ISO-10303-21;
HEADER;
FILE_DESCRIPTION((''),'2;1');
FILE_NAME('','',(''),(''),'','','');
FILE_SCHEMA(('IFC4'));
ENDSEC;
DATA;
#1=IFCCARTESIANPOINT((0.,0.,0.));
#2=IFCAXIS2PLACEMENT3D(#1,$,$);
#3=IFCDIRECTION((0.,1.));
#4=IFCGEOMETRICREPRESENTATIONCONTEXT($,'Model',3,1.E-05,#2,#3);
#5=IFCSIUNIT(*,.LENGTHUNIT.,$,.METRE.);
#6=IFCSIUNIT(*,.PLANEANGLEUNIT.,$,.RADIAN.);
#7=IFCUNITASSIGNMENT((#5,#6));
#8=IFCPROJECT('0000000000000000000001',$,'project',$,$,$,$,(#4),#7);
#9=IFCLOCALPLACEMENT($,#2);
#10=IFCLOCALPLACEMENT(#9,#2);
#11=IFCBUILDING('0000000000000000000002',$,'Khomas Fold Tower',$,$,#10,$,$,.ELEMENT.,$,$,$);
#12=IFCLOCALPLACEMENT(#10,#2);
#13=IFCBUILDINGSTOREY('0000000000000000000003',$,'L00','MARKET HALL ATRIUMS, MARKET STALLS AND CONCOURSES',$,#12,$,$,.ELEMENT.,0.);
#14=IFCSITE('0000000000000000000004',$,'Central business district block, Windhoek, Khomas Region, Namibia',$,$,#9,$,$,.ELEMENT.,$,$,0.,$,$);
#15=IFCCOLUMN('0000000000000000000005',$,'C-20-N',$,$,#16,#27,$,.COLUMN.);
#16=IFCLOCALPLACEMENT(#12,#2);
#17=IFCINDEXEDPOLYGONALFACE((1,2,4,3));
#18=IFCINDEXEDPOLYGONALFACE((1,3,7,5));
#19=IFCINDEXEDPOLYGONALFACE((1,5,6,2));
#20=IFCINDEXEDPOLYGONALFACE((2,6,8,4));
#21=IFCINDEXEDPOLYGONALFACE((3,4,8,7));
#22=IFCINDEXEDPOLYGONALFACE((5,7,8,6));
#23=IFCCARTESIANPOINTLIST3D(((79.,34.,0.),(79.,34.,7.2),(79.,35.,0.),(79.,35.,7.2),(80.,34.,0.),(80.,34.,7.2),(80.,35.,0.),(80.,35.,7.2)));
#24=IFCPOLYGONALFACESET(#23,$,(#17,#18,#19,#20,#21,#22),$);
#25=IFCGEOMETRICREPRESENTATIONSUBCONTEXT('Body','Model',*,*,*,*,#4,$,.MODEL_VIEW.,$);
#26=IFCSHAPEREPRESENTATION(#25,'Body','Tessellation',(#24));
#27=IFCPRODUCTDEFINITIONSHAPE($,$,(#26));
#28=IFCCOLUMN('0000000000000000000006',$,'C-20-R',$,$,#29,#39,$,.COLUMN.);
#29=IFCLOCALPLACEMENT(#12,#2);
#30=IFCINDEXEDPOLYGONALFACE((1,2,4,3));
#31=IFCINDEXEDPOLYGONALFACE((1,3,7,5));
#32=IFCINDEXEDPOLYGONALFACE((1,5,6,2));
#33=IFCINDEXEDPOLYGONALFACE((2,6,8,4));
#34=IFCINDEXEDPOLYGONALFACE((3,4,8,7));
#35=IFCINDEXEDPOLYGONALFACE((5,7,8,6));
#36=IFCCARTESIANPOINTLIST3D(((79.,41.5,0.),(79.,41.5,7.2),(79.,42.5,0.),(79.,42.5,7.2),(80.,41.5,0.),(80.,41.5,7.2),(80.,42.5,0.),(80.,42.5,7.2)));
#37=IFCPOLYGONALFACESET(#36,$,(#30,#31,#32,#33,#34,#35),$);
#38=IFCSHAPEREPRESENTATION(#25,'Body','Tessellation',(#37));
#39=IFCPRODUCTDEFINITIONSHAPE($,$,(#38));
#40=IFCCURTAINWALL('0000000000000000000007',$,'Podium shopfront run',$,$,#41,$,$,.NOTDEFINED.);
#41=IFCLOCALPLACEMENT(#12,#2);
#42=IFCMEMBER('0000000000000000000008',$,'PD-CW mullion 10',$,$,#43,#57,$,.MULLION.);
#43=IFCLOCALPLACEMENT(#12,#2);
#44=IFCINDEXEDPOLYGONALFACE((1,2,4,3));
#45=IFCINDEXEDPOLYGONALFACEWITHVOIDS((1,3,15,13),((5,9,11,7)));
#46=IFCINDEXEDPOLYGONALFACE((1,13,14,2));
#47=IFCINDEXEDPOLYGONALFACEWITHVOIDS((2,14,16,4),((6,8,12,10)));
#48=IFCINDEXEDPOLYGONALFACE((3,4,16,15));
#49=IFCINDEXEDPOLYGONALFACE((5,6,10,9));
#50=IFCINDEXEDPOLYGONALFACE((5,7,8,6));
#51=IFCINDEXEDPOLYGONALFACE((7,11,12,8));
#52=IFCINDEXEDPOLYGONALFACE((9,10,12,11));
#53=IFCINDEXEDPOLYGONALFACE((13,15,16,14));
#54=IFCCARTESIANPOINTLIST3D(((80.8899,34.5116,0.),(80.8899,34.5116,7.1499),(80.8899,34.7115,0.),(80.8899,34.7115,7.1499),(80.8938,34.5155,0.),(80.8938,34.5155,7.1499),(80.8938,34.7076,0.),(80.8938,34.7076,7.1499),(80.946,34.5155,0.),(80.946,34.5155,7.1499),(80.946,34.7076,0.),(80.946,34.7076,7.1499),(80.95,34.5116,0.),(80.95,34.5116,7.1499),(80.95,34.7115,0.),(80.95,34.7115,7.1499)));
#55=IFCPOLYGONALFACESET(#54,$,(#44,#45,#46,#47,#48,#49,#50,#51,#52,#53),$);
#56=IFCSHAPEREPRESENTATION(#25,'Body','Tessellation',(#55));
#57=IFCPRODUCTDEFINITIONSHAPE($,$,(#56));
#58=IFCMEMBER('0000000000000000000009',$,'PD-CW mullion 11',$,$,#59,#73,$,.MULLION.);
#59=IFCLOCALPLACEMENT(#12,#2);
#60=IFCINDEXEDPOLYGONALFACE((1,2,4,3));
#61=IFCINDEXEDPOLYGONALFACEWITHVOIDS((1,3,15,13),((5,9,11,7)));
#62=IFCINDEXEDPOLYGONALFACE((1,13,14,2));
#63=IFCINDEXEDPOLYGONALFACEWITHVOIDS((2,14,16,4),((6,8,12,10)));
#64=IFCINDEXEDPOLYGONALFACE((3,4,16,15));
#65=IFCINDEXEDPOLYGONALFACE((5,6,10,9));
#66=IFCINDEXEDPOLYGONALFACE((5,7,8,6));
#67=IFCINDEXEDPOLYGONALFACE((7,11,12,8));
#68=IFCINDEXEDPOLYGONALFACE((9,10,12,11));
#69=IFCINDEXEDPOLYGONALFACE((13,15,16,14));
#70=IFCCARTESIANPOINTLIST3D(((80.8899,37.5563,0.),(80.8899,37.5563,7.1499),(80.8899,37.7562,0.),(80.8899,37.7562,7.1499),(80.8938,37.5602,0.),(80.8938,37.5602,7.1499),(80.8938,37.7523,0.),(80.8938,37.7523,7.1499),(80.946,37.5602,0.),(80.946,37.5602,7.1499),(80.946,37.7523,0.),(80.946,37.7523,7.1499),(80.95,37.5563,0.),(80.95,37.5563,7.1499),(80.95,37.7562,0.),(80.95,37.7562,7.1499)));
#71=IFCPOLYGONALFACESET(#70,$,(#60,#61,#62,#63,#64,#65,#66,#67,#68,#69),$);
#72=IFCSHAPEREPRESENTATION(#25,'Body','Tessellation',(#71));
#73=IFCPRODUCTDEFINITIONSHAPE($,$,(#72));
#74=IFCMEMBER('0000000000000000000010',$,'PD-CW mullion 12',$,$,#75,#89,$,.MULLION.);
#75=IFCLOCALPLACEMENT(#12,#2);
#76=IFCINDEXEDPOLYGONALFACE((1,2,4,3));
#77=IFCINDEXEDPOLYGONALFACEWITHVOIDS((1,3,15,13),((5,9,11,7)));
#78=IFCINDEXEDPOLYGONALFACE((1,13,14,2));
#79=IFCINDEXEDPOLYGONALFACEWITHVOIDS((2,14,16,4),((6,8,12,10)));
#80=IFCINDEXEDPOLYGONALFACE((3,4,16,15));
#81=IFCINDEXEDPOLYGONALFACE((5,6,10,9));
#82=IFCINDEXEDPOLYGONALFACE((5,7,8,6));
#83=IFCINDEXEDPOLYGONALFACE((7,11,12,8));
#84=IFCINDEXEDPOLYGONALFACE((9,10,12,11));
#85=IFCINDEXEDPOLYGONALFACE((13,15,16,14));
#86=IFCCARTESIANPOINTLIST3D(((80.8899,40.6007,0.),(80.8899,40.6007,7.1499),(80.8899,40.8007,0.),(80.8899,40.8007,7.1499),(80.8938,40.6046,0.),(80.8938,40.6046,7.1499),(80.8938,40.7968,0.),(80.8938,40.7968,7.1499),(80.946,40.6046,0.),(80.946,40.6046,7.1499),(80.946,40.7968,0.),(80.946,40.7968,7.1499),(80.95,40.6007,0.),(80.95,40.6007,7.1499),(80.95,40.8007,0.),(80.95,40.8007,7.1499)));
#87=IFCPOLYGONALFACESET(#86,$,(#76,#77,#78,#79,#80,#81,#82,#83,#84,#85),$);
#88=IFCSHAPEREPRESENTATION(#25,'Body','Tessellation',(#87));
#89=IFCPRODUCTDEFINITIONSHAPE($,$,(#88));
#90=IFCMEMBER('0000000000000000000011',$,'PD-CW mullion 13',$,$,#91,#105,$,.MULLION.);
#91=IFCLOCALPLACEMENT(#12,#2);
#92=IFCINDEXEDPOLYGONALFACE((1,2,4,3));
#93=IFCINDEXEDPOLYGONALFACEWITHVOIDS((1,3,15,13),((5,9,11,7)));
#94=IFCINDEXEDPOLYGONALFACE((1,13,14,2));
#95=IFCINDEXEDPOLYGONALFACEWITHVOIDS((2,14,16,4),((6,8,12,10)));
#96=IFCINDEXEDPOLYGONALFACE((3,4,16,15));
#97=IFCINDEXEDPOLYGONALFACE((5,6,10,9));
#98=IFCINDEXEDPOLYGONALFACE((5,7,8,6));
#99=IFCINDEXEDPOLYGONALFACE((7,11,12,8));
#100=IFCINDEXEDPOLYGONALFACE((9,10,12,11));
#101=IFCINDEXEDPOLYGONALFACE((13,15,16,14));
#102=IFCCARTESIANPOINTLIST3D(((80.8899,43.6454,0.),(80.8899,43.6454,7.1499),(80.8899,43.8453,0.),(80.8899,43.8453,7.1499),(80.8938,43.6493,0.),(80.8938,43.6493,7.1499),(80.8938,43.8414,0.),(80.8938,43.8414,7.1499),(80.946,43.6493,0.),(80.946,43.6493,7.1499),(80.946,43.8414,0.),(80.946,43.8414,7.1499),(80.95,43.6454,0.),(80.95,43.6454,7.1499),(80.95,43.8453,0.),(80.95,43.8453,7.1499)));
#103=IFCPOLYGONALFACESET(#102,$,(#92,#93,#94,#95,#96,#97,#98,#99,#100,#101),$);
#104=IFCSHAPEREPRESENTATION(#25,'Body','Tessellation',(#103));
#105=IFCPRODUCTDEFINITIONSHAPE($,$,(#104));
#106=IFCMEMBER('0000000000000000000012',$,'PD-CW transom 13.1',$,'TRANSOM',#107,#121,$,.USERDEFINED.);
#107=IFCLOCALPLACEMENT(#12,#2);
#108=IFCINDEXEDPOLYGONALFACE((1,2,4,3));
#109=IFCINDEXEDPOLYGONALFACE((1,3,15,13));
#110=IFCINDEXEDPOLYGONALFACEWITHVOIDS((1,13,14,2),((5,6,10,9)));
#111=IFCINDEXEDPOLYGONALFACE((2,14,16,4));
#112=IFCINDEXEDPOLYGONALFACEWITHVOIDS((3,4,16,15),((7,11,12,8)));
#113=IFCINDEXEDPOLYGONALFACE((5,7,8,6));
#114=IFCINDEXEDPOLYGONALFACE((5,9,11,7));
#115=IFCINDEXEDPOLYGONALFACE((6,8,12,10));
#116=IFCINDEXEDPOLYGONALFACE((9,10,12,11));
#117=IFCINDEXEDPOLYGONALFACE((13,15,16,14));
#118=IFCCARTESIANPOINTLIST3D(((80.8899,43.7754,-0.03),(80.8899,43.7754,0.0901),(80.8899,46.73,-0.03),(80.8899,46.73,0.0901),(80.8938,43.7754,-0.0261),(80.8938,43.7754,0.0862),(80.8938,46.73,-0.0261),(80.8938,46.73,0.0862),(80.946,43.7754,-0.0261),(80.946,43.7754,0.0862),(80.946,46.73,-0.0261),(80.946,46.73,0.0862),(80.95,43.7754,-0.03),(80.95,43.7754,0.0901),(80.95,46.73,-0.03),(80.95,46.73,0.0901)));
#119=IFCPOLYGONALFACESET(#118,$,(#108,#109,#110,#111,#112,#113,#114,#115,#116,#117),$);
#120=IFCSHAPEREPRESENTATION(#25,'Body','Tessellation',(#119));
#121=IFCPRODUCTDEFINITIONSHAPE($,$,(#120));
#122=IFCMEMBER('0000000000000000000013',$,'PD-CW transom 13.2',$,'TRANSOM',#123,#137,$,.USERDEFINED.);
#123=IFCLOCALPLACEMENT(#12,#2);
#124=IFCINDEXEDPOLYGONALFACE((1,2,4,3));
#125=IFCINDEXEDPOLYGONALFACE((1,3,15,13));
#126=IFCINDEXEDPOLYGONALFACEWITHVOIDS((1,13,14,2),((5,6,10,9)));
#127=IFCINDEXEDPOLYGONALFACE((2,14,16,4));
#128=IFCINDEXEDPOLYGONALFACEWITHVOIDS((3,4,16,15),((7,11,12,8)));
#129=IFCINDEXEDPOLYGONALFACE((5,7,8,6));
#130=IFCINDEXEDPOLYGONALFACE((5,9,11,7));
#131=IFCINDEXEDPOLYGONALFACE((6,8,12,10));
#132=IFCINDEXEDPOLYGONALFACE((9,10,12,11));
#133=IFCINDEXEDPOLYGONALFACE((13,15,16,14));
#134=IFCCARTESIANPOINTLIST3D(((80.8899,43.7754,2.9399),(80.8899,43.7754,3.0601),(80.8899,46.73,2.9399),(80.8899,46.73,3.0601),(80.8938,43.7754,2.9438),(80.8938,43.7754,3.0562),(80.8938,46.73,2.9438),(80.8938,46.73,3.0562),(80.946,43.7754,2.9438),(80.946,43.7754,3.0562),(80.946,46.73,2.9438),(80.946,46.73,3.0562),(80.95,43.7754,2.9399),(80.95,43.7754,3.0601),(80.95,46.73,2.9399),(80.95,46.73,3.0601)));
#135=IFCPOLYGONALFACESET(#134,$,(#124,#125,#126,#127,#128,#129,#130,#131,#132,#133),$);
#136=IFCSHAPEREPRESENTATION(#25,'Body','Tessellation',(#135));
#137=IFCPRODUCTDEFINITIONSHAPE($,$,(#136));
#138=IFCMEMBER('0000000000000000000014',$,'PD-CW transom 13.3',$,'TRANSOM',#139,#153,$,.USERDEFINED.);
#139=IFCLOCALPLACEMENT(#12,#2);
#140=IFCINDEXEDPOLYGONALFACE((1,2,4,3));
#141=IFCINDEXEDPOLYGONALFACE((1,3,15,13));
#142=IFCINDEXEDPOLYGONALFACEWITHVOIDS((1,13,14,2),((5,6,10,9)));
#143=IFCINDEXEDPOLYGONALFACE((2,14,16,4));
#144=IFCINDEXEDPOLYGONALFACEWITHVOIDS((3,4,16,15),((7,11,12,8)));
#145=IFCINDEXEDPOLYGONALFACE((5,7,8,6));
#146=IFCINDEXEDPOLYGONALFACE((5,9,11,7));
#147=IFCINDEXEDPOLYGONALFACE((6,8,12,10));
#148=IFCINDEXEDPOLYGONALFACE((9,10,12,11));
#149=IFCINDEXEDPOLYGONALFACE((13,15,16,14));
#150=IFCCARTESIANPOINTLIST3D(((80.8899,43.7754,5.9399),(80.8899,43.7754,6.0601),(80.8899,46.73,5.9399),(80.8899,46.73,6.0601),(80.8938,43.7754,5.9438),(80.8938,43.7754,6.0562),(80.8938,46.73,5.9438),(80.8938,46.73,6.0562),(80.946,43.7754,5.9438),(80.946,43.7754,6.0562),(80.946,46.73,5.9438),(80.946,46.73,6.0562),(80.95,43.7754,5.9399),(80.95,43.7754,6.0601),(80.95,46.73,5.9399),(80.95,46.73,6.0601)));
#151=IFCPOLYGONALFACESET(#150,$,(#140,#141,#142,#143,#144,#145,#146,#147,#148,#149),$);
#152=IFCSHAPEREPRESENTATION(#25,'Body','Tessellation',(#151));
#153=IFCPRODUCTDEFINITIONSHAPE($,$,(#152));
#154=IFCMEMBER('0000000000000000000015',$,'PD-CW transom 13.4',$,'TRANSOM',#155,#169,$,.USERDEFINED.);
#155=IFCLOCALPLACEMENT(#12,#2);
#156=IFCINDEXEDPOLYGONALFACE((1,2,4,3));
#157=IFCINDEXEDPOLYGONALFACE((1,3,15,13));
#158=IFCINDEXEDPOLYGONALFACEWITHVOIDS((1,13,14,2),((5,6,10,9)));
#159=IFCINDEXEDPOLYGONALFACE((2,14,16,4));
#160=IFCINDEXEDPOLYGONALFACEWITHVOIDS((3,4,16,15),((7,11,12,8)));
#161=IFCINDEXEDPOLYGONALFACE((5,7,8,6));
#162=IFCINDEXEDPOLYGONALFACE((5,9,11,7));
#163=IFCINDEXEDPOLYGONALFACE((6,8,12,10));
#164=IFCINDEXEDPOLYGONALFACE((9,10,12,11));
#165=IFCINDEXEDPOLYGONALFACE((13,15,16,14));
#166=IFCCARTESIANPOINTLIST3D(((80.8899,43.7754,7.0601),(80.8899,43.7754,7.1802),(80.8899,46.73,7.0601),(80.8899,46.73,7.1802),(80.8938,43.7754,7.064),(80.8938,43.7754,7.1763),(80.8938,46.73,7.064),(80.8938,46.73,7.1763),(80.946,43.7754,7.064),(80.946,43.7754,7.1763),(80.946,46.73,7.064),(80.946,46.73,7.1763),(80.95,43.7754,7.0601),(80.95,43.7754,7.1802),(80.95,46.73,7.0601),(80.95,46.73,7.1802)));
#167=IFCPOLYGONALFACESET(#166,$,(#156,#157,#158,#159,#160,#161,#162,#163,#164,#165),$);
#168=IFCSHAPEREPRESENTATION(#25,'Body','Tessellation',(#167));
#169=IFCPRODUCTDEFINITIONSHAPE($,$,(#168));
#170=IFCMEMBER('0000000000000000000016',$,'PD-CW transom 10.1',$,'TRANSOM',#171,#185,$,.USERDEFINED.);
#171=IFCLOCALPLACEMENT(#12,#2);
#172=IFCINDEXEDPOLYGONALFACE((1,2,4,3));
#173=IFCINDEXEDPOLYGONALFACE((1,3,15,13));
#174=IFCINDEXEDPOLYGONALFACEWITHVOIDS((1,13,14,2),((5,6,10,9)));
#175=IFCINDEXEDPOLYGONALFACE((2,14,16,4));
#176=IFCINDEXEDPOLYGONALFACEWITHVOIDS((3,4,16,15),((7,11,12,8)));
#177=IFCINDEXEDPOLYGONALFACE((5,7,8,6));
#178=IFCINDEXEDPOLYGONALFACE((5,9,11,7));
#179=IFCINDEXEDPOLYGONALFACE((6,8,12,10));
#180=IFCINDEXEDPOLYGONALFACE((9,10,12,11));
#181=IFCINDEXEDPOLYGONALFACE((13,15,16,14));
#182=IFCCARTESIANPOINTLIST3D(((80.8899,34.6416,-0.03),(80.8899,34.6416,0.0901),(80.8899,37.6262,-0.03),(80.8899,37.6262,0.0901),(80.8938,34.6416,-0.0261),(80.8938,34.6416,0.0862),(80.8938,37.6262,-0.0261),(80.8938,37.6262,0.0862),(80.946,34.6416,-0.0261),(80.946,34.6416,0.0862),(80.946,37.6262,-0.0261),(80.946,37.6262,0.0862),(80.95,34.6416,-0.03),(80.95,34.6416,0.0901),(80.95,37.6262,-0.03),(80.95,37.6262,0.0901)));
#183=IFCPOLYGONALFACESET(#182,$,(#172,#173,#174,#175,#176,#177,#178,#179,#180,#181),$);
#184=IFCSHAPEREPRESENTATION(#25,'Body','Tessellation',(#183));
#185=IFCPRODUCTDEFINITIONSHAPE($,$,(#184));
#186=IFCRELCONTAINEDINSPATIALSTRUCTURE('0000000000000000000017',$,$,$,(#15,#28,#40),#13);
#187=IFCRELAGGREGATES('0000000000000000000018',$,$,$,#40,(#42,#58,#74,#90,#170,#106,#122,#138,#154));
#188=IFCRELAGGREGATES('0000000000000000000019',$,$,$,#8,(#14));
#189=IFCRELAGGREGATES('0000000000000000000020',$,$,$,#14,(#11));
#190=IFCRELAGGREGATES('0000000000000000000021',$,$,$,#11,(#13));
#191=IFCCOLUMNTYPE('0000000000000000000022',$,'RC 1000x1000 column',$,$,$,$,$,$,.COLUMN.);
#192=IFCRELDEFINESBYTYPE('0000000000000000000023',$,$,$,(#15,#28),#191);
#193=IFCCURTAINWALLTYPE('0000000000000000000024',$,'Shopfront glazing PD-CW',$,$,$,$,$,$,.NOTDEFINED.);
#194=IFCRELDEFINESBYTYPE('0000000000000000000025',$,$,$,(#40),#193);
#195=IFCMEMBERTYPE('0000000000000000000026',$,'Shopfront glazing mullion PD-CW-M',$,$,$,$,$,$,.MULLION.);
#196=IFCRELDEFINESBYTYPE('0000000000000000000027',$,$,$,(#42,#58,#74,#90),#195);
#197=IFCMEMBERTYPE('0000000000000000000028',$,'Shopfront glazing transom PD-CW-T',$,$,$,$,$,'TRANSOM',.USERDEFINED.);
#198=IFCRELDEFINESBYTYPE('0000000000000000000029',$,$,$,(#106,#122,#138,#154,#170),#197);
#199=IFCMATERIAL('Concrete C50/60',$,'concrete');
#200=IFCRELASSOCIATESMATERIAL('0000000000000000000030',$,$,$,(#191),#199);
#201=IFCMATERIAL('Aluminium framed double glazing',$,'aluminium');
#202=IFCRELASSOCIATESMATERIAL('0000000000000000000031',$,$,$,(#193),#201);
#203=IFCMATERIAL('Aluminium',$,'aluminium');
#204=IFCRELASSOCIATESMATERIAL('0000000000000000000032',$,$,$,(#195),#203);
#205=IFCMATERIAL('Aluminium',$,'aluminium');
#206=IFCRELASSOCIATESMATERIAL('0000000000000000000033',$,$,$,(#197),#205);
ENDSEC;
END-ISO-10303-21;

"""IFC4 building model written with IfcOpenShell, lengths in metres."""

from ifc_helpers import new_model, si_unit, direction, frame, origin, origin_2d, place, context, subcontext, project, spatial, rectangle, hollow_rectangle, extrude, source, transform, mapped, material, material_profile, profile_set, type_object, element, aggregate, save


model = new_model("IFC4")

# Units and contexts
model_context = context("Model", 3, precision=1e-05, world=origin(), true_north=direction((0.0, 1.0)))
body_context = subcontext(model_context, "Body", "Model", "MODEL_VIEW")
ifc_project = project(units=[si_unit("LENGTHUNIT", "METRE"), si_unit("PLANEANGLEUNIT", "RADIAN")], contexts=[model_context])

# Site, building, storey
site_placement = place(None, origin())
site = spatial("IfcSite", under=ifc_project, at=site_placement, Name="Central business district block, Windhoek, Khomas Region, Namibia", CompositionType="ELEMENT", RefElevation=0.0)
building_placement = place(site_placement, origin())
building = spatial("IfcBuilding", under=site, at=building_placement, Name="Khomas Fold Tower", CompositionType="ELEMENT")
storey_placement = place(building_placement, origin())
storey = spatial("IfcBuildingStorey", under=building, at=storey_placement, Name="L00", Description="MARKET HALL ATRIUMS, MARKET STALLS AND CONCOURSES", CompositionType="ELEMENT", Elevation=0.0)

# Columns
ifc_material_1 = material(Name="Concrete C50/60", Category="concrete")
ifc_material_profile_1 = material_profile(ifc_material_1, rectangle(XDim=1.0, YDim=1.0, at=origin_2d()), Name="RC 1000x1000")
ifc_profile_set_1 = profile_set([ifc_material_profile_1], Name="Concrete C50/60")
column_type = type_object("IfcColumnType", Name="RC 1000x1000 column", PredefinedType="COLUMN", material=ifc_profile_set_1)
shared_shape_1 = source(origin(), body_context, "Body", "SweptSolid", [
    extrude(rectangle(XDim=1.0, YDim=1.0, at=origin_2d()), origin(), (0.0, 0.0, 1.0), 7.2),
])
for number, where, z_axis, x_axis, name in (
    (1, (79.5, 34.5, 0.0), (0.0, 0.0, 1.0), (1.0, 0.0, 0.0), "C-20-N"),
    (2, (79.5, 42.0, 0.0), (0.0, 0.0, 1.0), (1.0, 0.0, 0.0), "C-20-R"),
):
    element("IfcColumn", number, at=place(storey_placement, frame(where, z_axis=z_axis, x_axis=x_axis)), inside=storey, type_object=column_type, Name=name, PredefinedType="COLUMN", context=body_context, shape_type="MappedRepresentation", body=[
        mapped(shared_shape_1, transform((0.0, 0.0, 0.0))),
    ])

# Curtain wall, members
ifc_material_2 = material(Name="Aluminium framed double glazing", Category="aluminium")
curtain_wall_type = type_object("IfcCurtainWallType", Name="Shopfront glazing PD-CW", PredefinedType="NOTDEFINED", material=ifc_material_2)
curtain_wall_placement = place(storey_placement, origin())
curtain_wall = element("IfcCurtainWall", 3, at=curtain_wall_placement, inside=storey, type_object=curtain_wall_type, Name="Podium shopfront run", PredefinedType="NOTDEFINED")
ifc_material_3 = material(Name="Aluminium", Category="aluminium")
ifc_material_profile_2 = material_profile(ifc_material_3, hollow_rectangle(XDim=0.0601, YDim=0.2, WallThickness=0.0039, at=origin_2d()), Name="Shopfront glazing mullion PD-CW-M")
ifc_profile_set_2 = profile_set([ifc_material_profile_2], Name="Aluminium")
member_type_1 = type_object("IfcMemberType", Name="Shopfront glazing mullion PD-CW-M", PredefinedType="MULLION", material=ifc_profile_set_2)
shared_shape_2 = source(origin(), body_context, "Body", "SweptSolid", [
    extrude(hollow_rectangle(XDim=0.0601, YDim=0.2, WallThickness=0.0039, at=origin_2d()), origin(), (0.0, 0.0, 1.0), 7.1499),
])
member_1_placement = place(storey_placement, frame((80.9199, 34.6116, 0.0), z_axis=(0.0, 0.0, 1.0), x_axis=(-1.0, 0.0, 0.0)))
member_1 = element("IfcMember", 4, at=member_1_placement, type_object=member_type_1, Name="PD-CW mullion 10", PredefinedType="MULLION", context=body_context, shape_type="MappedRepresentation", body=[
    mapped(shared_shape_2, transform((0.0, 0.0, 0.0))),
])
member_2_placement = place(storey_placement, frame((80.9199, 37.6562, 0.0), z_axis=(0.0, 0.0, 1.0), x_axis=(-1.0, 0.0, 0.0)))
member_2 = element("IfcMember", 5, at=member_2_placement, type_object=member_type_1, Name="PD-CW mullion 11", PredefinedType="MULLION", context=body_context, shape_type="MappedRepresentation", body=[
    mapped(shared_shape_2, transform((0.0, 0.0, 0.0))),
])
member_3_placement = place(storey_placement, frame((80.9199, 40.7007, 0.0), z_axis=(0.0, 0.0, 1.0), x_axis=(-1.0, 0.0, 0.0)))
member_3 = element("IfcMember", 6, at=member_3_placement, type_object=member_type_1, Name="PD-CW mullion 12", PredefinedType="MULLION", context=body_context, shape_type="MappedRepresentation", body=[
    mapped(shared_shape_2, transform((0.0, 0.0, 0.0))),
])
member_4_placement = place(storey_placement, frame((80.9199, 43.7454, 0.0), z_axis=(0.0, 0.0, 1.0), x_axis=(-1.0, 0.0, 0.0)))
member_4 = element("IfcMember", 7, at=member_4_placement, type_object=member_type_1, Name="PD-CW mullion 13", PredefinedType="MULLION", context=body_context, shape_type="MappedRepresentation", body=[
    mapped(shared_shape_2, transform((0.0, 0.0, 0.0))),
])
ifc_material_4 = material(Name="Aluminium", Category="aluminium")
ifc_material_profile_3 = material_profile(ifc_material_4, hollow_rectangle(XDim=0.0601, YDim=0.1201, WallThickness=0.0039, at=origin_2d()), Name="Shopfront glazing transom PD-CW-T")
ifc_profile_set_3 = profile_set([ifc_material_profile_3], Name="Aluminium")
member_type_2 = type_object("IfcMemberType", Name="Shopfront glazing transom PD-CW-T", ElementType="TRANSOM", PredefinedType="USERDEFINED", material=ifc_profile_set_3)
shared_shape_3 = source(origin(), body_context, "Body", "SweptSolid", [
    extrude(hollow_rectangle(XDim=0.0601, YDim=0.1201, WallThickness=0.0039, at=origin_2d()), origin(), (0.0, 0.0, 1.0), 2.9546),
])
member_5_placement = place(storey_placement, frame((80.9199, 43.7754, 0.03), z_axis=(0.0, 1.0, 0.0), x_axis=(-1.0, 0.0, 0.0)))
member_5 = element("IfcMember", 8, at=member_5_placement, type_object=member_type_2, Name="PD-CW transom 13.1", ObjectType="TRANSOM", PredefinedType="USERDEFINED", context=body_context, shape_type="MappedRepresentation", body=[
    mapped(shared_shape_3, transform((0.0, 0.0, 0.0))),
])
member_6_placement = place(storey_placement, frame((80.9199, 43.7754, 3.0), z_axis=(0.0, 1.0, 0.0), x_axis=(-1.0, 0.0, 0.0)))
member_6 = element("IfcMember", 9, at=member_6_placement, type_object=member_type_2, Name="PD-CW transom 13.2", ObjectType="TRANSOM", PredefinedType="USERDEFINED", context=body_context, shape_type="MappedRepresentation", body=[
    mapped(shared_shape_3, transform((0.0, 0.0, 0.0))),
])
member_7_placement = place(storey_placement, frame((80.9199, 43.7754, 6.0), z_axis=(0.0, 1.0, 0.0), x_axis=(-1.0, 0.0, 0.0)))
member_7 = element("IfcMember", 10, at=member_7_placement, type_object=member_type_2, Name="PD-CW transom 13.3", ObjectType="TRANSOM", PredefinedType="USERDEFINED", context=body_context, shape_type="MappedRepresentation", body=[
    mapped(shared_shape_3, transform((0.0, 0.0, 0.0))),
])
member_8_placement = place(storey_placement, frame((80.9199, 43.7754, 7.1201), z_axis=(0.0, 1.0, 0.0), x_axis=(-1.0, 0.0, 0.0)))
member_8 = element("IfcMember", 11, at=member_8_placement, type_object=member_type_2, Name="PD-CW transom 13.4", ObjectType="TRANSOM", PredefinedType="USERDEFINED", context=body_context, shape_type="MappedRepresentation", body=[
    mapped(shared_shape_3, transform((0.0, 0.0, 0.0))),
])
shared_shape_4 = source(origin(), body_context, "Body", "SweptSolid", [
    extrude(hollow_rectangle(XDim=0.0601, YDim=0.1201, WallThickness=0.0039, at=origin_2d()), origin(), (0.0, 0.0, 1.0), 2.9846),
])
member_9_placement = place(storey_placement, frame((80.9199, 34.6416, 0.03), z_axis=(0.0, 1.0, 0.0), x_axis=(-1.0, 0.0, 0.0)))
member_9 = element("IfcMember", 12, at=member_9_placement, type_object=member_type_2, Name="PD-CW transom 10.1", ObjectType="TRANSOM", PredefinedType="USERDEFINED", context=body_context, shape_type="MappedRepresentation", body=[
    mapped(shared_shape_4, transform((0.0, 0.0, 0.0))),
])
aggregate(curtain_wall, [member_1, member_2, member_3, member_4, member_9, member_5, member_6, member_7, member_8])

save(model, "model.ifc")
